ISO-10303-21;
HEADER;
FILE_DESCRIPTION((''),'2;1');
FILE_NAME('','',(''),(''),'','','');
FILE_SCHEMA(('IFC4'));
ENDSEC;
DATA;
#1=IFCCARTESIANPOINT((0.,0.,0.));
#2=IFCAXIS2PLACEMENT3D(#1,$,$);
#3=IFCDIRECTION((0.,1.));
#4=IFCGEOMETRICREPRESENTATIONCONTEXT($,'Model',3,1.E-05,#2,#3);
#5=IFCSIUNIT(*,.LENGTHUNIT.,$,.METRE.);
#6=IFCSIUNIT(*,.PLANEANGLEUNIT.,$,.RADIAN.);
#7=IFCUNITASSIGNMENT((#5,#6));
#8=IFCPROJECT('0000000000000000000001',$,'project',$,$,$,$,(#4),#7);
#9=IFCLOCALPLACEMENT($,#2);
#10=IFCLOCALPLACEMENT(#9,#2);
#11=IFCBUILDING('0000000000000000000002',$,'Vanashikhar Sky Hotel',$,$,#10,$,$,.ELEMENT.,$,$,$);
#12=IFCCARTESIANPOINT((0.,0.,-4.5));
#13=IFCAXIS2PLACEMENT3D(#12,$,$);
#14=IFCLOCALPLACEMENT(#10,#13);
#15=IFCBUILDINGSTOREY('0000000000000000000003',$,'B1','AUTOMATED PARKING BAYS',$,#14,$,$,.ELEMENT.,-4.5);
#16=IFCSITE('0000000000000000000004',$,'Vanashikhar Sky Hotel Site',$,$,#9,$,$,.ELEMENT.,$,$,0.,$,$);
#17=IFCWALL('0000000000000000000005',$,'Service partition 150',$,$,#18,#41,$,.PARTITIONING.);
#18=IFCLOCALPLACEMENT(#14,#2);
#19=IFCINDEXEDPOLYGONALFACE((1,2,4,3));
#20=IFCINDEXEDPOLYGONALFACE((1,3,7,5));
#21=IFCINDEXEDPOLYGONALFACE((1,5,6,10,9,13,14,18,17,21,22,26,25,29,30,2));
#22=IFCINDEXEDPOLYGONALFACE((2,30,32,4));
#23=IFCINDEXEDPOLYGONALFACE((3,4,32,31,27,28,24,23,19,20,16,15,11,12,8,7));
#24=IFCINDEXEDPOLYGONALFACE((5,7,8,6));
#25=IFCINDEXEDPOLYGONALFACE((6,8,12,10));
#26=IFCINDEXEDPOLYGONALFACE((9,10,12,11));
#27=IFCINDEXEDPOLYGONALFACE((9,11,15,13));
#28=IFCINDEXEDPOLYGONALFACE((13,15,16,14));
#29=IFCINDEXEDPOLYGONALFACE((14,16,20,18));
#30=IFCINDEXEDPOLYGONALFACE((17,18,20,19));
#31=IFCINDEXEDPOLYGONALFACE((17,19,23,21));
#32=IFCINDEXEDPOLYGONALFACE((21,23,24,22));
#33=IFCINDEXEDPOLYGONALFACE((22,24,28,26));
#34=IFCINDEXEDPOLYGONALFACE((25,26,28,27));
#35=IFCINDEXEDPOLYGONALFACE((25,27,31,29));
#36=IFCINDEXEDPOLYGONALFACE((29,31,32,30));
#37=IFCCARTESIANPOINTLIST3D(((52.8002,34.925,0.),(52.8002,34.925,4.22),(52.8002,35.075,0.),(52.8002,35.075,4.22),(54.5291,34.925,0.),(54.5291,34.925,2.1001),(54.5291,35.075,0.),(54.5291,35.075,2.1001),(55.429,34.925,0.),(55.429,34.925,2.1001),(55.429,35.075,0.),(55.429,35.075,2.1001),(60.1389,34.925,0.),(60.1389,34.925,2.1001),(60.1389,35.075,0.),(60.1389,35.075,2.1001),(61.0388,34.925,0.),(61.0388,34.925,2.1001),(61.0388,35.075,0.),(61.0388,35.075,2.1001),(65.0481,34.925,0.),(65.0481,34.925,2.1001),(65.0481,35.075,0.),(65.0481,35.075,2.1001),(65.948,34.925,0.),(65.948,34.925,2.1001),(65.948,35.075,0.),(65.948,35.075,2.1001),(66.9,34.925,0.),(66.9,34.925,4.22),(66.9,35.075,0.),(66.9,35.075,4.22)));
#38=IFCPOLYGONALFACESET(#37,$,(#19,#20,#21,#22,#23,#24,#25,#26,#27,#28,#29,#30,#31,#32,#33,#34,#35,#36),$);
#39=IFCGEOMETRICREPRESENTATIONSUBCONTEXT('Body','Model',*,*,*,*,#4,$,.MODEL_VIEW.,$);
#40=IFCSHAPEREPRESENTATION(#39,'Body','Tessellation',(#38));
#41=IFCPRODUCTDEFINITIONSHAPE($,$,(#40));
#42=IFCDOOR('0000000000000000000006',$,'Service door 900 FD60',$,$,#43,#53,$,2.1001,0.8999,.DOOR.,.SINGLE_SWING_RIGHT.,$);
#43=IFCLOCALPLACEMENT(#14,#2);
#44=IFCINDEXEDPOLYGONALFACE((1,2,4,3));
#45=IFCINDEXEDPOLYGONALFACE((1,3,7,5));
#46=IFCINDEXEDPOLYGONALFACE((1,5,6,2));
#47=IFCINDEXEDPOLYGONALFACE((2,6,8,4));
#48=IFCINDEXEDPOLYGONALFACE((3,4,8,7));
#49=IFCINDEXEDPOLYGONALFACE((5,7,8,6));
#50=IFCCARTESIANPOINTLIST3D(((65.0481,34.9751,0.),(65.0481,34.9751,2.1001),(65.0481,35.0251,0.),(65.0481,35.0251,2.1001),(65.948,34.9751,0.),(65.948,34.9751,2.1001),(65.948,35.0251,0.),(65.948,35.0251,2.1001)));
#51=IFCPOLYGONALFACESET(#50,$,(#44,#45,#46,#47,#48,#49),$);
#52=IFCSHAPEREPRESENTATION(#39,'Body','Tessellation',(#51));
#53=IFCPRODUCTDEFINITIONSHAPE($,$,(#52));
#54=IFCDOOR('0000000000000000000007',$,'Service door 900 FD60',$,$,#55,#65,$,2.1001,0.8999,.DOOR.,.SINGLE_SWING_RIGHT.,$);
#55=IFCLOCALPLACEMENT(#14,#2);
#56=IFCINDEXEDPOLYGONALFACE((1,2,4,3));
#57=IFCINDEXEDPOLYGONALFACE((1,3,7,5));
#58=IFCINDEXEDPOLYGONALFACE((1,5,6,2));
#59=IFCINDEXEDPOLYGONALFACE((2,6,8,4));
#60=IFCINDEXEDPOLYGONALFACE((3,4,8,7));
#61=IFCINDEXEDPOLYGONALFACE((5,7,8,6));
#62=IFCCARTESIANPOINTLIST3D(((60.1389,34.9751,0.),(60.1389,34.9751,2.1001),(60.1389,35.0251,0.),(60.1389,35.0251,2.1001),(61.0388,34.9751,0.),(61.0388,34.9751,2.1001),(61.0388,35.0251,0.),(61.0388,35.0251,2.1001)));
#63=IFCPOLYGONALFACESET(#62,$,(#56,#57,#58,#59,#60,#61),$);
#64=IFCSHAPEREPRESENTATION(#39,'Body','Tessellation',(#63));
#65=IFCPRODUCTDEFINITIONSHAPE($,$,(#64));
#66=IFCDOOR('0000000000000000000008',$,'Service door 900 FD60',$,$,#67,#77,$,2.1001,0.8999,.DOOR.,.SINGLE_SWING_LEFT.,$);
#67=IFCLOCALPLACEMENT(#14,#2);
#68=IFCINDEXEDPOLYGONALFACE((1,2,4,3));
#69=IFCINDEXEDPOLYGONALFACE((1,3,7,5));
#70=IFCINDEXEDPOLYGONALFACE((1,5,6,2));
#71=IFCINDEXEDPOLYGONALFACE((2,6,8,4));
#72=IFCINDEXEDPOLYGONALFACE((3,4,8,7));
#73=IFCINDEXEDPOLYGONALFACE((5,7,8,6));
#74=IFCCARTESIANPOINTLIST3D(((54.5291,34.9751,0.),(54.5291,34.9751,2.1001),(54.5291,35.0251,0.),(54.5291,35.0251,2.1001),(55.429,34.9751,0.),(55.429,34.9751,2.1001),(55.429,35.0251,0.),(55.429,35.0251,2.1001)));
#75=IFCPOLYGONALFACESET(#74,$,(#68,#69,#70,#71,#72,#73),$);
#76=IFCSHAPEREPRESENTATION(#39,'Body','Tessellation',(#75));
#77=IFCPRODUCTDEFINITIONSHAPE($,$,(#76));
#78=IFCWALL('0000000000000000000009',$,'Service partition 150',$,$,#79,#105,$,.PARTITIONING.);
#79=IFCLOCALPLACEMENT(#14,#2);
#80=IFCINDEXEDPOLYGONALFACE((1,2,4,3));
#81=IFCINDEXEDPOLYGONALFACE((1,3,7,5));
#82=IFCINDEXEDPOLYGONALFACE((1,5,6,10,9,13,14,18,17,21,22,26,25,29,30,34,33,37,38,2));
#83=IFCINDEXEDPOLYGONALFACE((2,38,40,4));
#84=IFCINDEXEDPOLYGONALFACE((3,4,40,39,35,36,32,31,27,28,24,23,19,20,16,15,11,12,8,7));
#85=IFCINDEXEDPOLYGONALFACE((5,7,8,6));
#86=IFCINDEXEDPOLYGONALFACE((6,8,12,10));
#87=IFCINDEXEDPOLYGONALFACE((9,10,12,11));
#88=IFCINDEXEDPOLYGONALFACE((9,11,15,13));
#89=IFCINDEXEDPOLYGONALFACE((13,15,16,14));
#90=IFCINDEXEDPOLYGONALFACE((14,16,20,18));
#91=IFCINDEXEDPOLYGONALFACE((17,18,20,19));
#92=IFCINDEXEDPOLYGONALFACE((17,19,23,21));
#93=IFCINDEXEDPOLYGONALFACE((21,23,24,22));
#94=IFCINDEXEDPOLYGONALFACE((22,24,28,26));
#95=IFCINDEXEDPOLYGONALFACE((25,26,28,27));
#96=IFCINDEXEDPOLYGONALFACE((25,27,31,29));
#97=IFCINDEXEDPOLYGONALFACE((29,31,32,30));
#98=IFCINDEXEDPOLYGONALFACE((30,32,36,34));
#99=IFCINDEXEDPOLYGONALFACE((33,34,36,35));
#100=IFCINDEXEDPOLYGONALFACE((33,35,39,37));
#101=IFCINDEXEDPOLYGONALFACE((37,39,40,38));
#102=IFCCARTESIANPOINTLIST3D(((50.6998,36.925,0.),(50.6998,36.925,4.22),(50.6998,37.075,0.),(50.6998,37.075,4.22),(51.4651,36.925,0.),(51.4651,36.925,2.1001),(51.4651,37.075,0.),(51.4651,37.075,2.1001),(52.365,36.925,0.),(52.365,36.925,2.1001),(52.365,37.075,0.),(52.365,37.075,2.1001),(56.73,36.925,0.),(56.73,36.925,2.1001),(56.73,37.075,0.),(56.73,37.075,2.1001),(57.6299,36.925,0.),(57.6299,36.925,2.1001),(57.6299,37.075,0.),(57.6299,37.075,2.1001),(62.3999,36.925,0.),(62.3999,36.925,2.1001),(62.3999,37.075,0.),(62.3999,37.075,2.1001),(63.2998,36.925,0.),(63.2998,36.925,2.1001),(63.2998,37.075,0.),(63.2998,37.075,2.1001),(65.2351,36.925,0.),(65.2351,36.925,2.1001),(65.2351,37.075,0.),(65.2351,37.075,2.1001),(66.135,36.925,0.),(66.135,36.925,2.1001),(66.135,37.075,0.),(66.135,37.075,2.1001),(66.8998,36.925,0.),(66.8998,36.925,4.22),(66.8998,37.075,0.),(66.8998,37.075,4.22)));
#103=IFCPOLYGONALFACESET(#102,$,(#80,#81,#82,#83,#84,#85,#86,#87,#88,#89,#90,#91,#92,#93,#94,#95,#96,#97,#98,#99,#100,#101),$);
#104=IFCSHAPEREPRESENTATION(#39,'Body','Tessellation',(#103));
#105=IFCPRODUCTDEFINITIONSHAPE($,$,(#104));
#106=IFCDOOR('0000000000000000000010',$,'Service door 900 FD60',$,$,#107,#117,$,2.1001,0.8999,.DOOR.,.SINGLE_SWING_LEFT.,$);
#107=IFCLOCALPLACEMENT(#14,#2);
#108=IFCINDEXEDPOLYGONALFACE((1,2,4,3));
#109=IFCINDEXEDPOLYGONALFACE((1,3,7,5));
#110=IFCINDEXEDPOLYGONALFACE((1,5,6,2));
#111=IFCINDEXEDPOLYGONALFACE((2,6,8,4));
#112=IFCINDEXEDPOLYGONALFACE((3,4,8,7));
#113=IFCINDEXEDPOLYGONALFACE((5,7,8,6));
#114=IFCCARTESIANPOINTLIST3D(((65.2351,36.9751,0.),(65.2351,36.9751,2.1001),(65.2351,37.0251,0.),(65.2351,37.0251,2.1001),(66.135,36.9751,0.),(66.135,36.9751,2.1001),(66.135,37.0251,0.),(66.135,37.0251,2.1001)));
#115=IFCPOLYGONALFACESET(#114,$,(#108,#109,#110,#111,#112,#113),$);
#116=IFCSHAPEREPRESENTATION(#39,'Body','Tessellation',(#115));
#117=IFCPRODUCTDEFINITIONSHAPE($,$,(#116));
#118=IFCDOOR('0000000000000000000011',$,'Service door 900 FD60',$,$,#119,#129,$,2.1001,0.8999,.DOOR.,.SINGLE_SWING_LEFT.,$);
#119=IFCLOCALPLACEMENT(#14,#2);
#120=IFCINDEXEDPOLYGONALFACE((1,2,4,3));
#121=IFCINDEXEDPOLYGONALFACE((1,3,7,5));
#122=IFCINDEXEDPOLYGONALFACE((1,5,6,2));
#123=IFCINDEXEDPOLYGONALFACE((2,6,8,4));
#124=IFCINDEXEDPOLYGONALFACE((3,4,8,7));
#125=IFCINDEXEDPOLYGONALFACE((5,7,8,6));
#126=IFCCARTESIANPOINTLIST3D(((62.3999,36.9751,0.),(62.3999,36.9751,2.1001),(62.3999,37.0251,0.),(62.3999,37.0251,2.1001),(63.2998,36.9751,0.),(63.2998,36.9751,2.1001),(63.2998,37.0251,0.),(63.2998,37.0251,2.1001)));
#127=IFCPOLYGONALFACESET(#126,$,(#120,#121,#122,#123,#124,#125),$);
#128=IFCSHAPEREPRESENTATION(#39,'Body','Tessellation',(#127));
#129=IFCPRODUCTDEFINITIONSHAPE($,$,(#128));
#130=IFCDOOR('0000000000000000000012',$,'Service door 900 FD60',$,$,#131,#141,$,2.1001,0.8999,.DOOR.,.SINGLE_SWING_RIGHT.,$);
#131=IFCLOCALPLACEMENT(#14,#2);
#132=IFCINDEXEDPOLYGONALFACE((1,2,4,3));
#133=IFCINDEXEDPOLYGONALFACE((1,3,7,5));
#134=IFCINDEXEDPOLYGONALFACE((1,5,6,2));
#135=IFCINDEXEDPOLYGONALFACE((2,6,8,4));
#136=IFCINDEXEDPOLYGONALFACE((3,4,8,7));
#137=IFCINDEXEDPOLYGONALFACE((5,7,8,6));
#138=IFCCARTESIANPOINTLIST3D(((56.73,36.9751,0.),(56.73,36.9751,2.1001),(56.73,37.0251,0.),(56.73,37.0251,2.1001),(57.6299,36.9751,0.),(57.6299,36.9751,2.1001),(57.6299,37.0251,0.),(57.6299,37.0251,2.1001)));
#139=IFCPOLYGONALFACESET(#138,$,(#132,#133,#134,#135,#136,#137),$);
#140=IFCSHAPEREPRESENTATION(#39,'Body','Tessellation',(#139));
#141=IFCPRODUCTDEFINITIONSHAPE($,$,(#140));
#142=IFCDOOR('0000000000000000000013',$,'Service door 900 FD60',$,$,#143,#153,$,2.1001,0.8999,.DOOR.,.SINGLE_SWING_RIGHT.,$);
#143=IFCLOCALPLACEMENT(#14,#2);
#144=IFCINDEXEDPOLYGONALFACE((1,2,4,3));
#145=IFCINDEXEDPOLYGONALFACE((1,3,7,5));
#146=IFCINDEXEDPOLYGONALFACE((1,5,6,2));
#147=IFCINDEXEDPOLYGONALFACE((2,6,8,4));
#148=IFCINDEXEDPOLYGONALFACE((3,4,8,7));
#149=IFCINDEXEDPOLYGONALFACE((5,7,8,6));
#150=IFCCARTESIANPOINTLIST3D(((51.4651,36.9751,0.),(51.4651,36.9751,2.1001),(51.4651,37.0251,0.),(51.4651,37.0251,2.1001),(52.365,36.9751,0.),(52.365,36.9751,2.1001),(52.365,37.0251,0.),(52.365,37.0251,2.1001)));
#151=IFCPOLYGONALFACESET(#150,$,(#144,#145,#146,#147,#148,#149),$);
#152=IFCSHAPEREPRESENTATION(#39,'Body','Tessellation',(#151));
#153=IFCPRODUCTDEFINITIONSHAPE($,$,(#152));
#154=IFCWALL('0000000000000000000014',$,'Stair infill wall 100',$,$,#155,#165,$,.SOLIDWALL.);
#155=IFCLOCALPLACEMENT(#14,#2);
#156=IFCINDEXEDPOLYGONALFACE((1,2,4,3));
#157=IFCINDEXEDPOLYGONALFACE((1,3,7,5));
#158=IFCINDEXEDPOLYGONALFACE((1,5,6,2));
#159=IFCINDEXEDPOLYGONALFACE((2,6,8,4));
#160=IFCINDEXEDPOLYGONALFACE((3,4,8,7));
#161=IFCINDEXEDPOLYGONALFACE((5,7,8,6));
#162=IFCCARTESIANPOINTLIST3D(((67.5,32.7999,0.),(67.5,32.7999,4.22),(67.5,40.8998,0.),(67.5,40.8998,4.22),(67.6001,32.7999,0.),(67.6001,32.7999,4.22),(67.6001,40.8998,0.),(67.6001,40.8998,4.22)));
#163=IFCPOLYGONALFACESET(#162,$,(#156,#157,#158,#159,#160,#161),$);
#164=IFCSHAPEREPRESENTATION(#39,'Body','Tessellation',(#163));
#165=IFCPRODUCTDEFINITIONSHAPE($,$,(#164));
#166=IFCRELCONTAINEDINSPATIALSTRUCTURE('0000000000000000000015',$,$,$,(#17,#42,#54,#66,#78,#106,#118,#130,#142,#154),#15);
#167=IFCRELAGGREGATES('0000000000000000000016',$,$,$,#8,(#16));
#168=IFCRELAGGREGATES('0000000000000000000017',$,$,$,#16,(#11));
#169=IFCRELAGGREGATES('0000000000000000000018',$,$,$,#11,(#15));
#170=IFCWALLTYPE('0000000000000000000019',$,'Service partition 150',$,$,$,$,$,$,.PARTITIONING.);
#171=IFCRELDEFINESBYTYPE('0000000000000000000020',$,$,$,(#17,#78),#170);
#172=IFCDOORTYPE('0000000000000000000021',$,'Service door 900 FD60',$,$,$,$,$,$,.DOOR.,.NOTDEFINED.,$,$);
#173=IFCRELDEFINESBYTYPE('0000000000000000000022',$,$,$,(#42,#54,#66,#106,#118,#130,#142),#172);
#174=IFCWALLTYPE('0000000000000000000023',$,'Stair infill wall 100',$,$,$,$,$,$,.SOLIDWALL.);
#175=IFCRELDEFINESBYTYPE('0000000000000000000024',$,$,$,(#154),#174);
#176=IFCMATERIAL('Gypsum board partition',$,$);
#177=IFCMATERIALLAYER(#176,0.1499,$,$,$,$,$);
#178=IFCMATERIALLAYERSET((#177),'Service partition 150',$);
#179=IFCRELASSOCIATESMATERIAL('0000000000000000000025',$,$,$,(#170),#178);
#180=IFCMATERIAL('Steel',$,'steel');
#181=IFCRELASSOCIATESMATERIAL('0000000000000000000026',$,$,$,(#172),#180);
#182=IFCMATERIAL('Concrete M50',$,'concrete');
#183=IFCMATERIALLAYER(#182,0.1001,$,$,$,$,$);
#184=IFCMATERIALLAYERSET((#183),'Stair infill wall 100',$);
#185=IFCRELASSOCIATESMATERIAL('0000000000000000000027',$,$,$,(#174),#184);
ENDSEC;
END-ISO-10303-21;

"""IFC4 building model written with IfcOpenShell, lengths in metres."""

from ifc_helpers import new_model, si_unit, direction, frame, frame_2d, origin, place, context, subcontext, project, spatial, rectangle, extrude, source, transform, mapped, material, layer, layer_set, type_object, element, fill, save


model = new_model("IFC4")

# Units and contexts
model_context = context("Model", 3, precision=1e-05, world=origin(), true_north=direction((0.0, 1.0)))
body_context = subcontext(model_context, "Body", "Model", "MODEL_VIEW")
ifc_project = project(units=[si_unit("LENGTHUNIT", "METRE"), si_unit("PLANEANGLEUNIT", "RADIAN")], contexts=[model_context])

# Site, building, storey
site_placement = place(None, origin())
site = spatial("IfcSite", under=ifc_project, at=site_placement, Name="Vanashikhar Sky Hotel Site", CompositionType="ELEMENT", RefElevation=0.0)
building_placement = place(site_placement, origin())
building = spatial("IfcBuilding", under=site, at=building_placement, Name="Vanashikhar Sky Hotel", CompositionType="ELEMENT")
storey_placement = place(building_placement, frame((0.0, 0.0, -4.5)))
storey = spatial("IfcBuildingStorey", under=building, at=storey_placement, Name="B1", Description="AUTOMATED PARKING BAYS", CompositionType="ELEMENT", Elevation=-4.5)

# Shared definitions
ifc_material_1 = material(Name="Gypsum board partition")
ifc_layer_1 = layer(ifc_material_1, 0.1499)
ifc_layer_set_1 = layer_set([ifc_layer_1], Name="Service partition 150")
wall_type_1 = type_object("IfcWallType", Name="Service partition 150", PredefinedType="PARTITIONING", material=ifc_layer_set_1)

# Walls, openings, doors
shared_shape_1 = source(origin(), body_context, "Body", "SweptSolid", [
    extrude(rectangle(XDim=14.0999, YDim=0.1499, at=frame_2d((7.0498, 0.0))), origin(), (0.0, 0.0, 1.0), 4.22),
])
wall_1_placement = place(storey_placement, frame((66.8999, 35.0, 0.0), z_axis=(0.0, 0.0, 1.0), x_axis=(-1.0, 0.0, 0.0)))
wall_1 = element("IfcWall", 1, at=wall_1_placement, inside=storey, type_object=wall_type_1, Name="Service partition 150", PredefinedType="PARTITIONING", context=body_context, shape_type="MappedRepresentation", body=[
    mapped(shared_shape_1, transform((0.0, 0.0, 0.0), scale=1.0)),
])
shared_shape_2 = source(origin(), body_context, "Body", "SweptSolid", [
    extrude(rectangle(XDim=0.8999, YDim=2.1001, at=frame_2d((0.45, 1.05))), frame((0.0, 0.085, 0.0), z_axis=(0.0, -1.0, 0.0), x_axis=(1.0, 0.0, 0.0)), (0.0, 0.0, 1.0), 0.1699),
])
opening_1_placement = place(wall_1_placement, frame((0.9519, 0.0, 0.0)))
opening_1 = element("IfcOpeningElement", 2, at=opening_1_placement, cuts=wall_1, PredefinedType="OPENING", context=body_context, shape_type="MappedRepresentation", body=[
    mapped(shared_shape_2, transform((0.0, 0.0, 0.0), scale=1.0)),
])
opening_2_placement = place(wall_1_placement, frame((5.8611, 0.0, 0.0)))
opening_2 = element("IfcOpeningElement", 3, at=opening_2_placement, cuts=wall_1, PredefinedType="OPENING", context=body_context, shape_type="MappedRepresentation", body=[
    mapped(shared_shape_2, transform((0.0, 0.0, 0.0), scale=1.0)),
])
opening_3_placement = place(wall_1_placement, frame((11.4709, 0.0, 0.0)))
opening_3 = element("IfcOpeningElement", 4, at=opening_3_placement, cuts=wall_1, PredefinedType="OPENING", context=body_context, shape_type="MappedRepresentation", body=[
    mapped(shared_shape_2, transform((0.0, 0.0, 0.0), scale=1.0)),
])
ifc_material_2 = material(Name="Steel", Category="steel")
door_type = type_object("IfcDoorType", Name="Service door 900 FD60", OperationType="NOTDEFINED", PredefinedType="DOOR", material=ifc_material_2)
shared_shape_3 = source(origin(), body_context, "Body", "SweptSolid", [
    extrude(rectangle(XDim=0.8999, YDim=2.1001, at=frame_2d((0.45, 1.05))), frame((0.0, 0.0249, 0.0), z_axis=(0.0, -1.0, 0.0), x_axis=(1.0, 0.0, 0.0)), (0.0, 0.0, 1.0), 0.05),
])
door_1_placement = place(opening_1_placement, origin())
door_1 = element("IfcDoor", 5, at=door_1_placement, inside=storey, type_object=door_type, Name="Service door 900 FD60", OperationType="SINGLE_SWING_RIGHT", OverallHeight=2.1001, OverallWidth=0.8999, PredefinedType="DOOR", context=body_context, shape_type="MappedRepresentation", body=[
    mapped(shared_shape_3, transform((0.0, 0.0, 0.0), scale=1.0)),
])
fill(opening_1, door_1)
door_2_placement = place(opening_2_placement, origin())
door_2 = element("IfcDoor", 6, at=door_2_placement, inside=storey, type_object=door_type, Name="Service door 900 FD60", OperationType="SINGLE_SWING_RIGHT", OverallHeight=2.1001, OverallWidth=0.8999, PredefinedType="DOOR", context=body_context, shape_type="MappedRepresentation", body=[
    mapped(shared_shape_3, transform((0.0, 0.0, 0.0), scale=1.0)),
])
fill(opening_2, door_2)
door_3_placement = place(opening_3_placement, origin())
door_3 = element("IfcDoor", 7, at=door_3_placement, inside=storey, type_object=door_type, Name="Service door 900 FD60", OperationType="SINGLE_SWING_LEFT", OverallHeight=2.1001, OverallWidth=0.8999, PredefinedType="DOOR", context=body_context, shape_type="MappedRepresentation", body=[
    mapped(shared_shape_3, transform((0.0, 0.0, 0.0), scale=1.0)),
])
fill(opening_3, door_3)
shared_shape_4 = source(origin(), body_context, "Body", "SweptSolid", [
    extrude(rectangle(XDim=16.2, YDim=0.1499, at=frame_2d((8.1001, 0.0))), origin(), (0.0, 0.0, 1.0), 4.22),
])
wall_2_placement = place(storey_placement, frame((66.8999, 37.0, 0.0), z_axis=(0.0, 0.0, 1.0), x_axis=(-1.0, 0.0, 0.0)))
wall_2 = element("IfcWall", 8, at=wall_2_placement, inside=storey, type_object=wall_type_1, Name="Service partition 150", PredefinedType="PARTITIONING", context=body_context, shape_type="MappedRepresentation", body=[
    mapped(shared_shape_4, transform((0.0, 0.0, 0.0), scale=1.0)),
])
opening_4_placement = place(wall_2_placement, frame((0.7649, 0.0, 0.0)))
opening_4 = element("IfcOpeningElement", 9, at=opening_4_placement, cuts=wall_2, PredefinedType="OPENING", context=body_context, shape_type="MappedRepresentation", body=[
    mapped(shared_shape_2, transform((0.0, 0.0, 0.0), scale=1.0)),
])
opening_5_placement = place(wall_2_placement, frame((3.6001, 0.0, 0.0)))
opening_5 = element("IfcOpeningElement", 10, at=opening_5_placement, cuts=wall_2, PredefinedType="OPENING", context=body_context, shape_type="MappedRepresentation", body=[
    mapped(shared_shape_2, transform((0.0, 0.0, 0.0), scale=1.0)),
])
opening_6_placement = place(wall_2_placement, frame((9.27, 0.0, 0.0)))
opening_6 = element("IfcOpeningElement", 11, at=opening_6_placement, cuts=wall_2, PredefinedType="OPENING", context=body_context, shape_type="MappedRepresentation", body=[
    mapped(shared_shape_2, transform((0.0, 0.0, 0.0), scale=1.0)),
])
opening_7_placement = place(wall_2_placement, frame((14.5349, 0.0, 0.0)))
opening_7 = element("IfcOpeningElement", 12, at=opening_7_placement, cuts=wall_2, PredefinedType="OPENING", context=body_context, shape_type="MappedRepresentation", body=[
    mapped(shared_shape_2, transform((0.0, 0.0, 0.0), scale=1.0)),
])
door_4_placement = place(opening_4_placement, origin())
door_4 = element("IfcDoor", 13, at=door_4_placement, inside=storey, type_object=door_type, Name="Service door 900 FD60", OperationType="SINGLE_SWING_LEFT", OverallHeight=2.1001, OverallWidth=0.8999, PredefinedType="DOOR", context=body_context, shape_type="MappedRepresentation", body=[
    mapped(shared_shape_3, transform((0.0, 0.0, 0.0), scale=1.0)),
])
fill(opening_4, door_4)
door_5_placement = place(opening_5_placement, origin())
door_5 = element("IfcDoor", 14, at=door_5_placement, inside=storey, type_object=door_type, Name="Service door 900 FD60", OperationType="SINGLE_SWING_LEFT", OverallHeight=2.1001, OverallWidth=0.8999, PredefinedType="DOOR", context=body_context, shape_type="MappedRepresentation", body=[
    mapped(shared_shape_3, transform((0.0, 0.0, 0.0), scale=1.0)),
])
fill(opening_5, door_5)
door_6_placement = place(opening_6_placement, origin())
door_6 = element("IfcDoor", 15, at=door_6_placement, inside=storey, type_object=door_type, Name="Service door 900 FD60", OperationType="SINGLE_SWING_RIGHT", OverallHeight=2.1001, OverallWidth=0.8999, PredefinedType="DOOR", context=body_context, shape_type="MappedRepresentation", body=[
    mapped(shared_shape_3, transform((0.0, 0.0, 0.0), scale=1.0)),
])
fill(opening_6, door_6)
door_7_placement = place(opening_7_placement, origin())
door_7 = element("IfcDoor", 16, at=door_7_placement, inside=storey, type_object=door_type, Name="Service door 900 FD60", OperationType="SINGLE_SWING_RIGHT", OverallHeight=2.1001, OverallWidth=0.8999, PredefinedType="DOOR", context=body_context, shape_type="MappedRepresentation", body=[
    mapped(shared_shape_3, transform((0.0, 0.0, 0.0), scale=1.0)),
])
fill(opening_7, door_7)

# Wall
ifc_material_3 = material(Name="Concrete M50", Category="concrete")
ifc_layer_2 = layer(ifc_material_3, 0.1001)
ifc_layer_set_2 = layer_set([ifc_layer_2], Name="Stair infill wall 100")
wall_type_2 = type_object("IfcWallType", Name="Stair infill wall 100", PredefinedType="SOLIDWALL", material=ifc_layer_set_2)
shared_shape_5 = source(origin(), body_context, "Body", "SweptSolid", [
    extrude(rectangle(XDim=8.0999, YDim=0.1001, at=frame_2d((4.0498, 0.0))), origin(), (0.0, 0.0, 1.0), 4.22),
])
wall_3_placement = place(storey_placement, frame((67.55, 32.8, 0.0), z_axis=(0.0, 0.0, 1.0), x_axis=(0.0, 1.0, 0.0)))
element("IfcWall", 17, at=wall_3_placement, inside=storey, type_object=wall_type_2, Name="Stair infill wall 100", PredefinedType="SOLIDWALL", context=body_context, shape_type="MappedRepresentation", body=[
    mapped(shared_shape_5, transform((0.0, 0.0, 0.0), scale=1.0)),
])

save(model, "model.ifc")
